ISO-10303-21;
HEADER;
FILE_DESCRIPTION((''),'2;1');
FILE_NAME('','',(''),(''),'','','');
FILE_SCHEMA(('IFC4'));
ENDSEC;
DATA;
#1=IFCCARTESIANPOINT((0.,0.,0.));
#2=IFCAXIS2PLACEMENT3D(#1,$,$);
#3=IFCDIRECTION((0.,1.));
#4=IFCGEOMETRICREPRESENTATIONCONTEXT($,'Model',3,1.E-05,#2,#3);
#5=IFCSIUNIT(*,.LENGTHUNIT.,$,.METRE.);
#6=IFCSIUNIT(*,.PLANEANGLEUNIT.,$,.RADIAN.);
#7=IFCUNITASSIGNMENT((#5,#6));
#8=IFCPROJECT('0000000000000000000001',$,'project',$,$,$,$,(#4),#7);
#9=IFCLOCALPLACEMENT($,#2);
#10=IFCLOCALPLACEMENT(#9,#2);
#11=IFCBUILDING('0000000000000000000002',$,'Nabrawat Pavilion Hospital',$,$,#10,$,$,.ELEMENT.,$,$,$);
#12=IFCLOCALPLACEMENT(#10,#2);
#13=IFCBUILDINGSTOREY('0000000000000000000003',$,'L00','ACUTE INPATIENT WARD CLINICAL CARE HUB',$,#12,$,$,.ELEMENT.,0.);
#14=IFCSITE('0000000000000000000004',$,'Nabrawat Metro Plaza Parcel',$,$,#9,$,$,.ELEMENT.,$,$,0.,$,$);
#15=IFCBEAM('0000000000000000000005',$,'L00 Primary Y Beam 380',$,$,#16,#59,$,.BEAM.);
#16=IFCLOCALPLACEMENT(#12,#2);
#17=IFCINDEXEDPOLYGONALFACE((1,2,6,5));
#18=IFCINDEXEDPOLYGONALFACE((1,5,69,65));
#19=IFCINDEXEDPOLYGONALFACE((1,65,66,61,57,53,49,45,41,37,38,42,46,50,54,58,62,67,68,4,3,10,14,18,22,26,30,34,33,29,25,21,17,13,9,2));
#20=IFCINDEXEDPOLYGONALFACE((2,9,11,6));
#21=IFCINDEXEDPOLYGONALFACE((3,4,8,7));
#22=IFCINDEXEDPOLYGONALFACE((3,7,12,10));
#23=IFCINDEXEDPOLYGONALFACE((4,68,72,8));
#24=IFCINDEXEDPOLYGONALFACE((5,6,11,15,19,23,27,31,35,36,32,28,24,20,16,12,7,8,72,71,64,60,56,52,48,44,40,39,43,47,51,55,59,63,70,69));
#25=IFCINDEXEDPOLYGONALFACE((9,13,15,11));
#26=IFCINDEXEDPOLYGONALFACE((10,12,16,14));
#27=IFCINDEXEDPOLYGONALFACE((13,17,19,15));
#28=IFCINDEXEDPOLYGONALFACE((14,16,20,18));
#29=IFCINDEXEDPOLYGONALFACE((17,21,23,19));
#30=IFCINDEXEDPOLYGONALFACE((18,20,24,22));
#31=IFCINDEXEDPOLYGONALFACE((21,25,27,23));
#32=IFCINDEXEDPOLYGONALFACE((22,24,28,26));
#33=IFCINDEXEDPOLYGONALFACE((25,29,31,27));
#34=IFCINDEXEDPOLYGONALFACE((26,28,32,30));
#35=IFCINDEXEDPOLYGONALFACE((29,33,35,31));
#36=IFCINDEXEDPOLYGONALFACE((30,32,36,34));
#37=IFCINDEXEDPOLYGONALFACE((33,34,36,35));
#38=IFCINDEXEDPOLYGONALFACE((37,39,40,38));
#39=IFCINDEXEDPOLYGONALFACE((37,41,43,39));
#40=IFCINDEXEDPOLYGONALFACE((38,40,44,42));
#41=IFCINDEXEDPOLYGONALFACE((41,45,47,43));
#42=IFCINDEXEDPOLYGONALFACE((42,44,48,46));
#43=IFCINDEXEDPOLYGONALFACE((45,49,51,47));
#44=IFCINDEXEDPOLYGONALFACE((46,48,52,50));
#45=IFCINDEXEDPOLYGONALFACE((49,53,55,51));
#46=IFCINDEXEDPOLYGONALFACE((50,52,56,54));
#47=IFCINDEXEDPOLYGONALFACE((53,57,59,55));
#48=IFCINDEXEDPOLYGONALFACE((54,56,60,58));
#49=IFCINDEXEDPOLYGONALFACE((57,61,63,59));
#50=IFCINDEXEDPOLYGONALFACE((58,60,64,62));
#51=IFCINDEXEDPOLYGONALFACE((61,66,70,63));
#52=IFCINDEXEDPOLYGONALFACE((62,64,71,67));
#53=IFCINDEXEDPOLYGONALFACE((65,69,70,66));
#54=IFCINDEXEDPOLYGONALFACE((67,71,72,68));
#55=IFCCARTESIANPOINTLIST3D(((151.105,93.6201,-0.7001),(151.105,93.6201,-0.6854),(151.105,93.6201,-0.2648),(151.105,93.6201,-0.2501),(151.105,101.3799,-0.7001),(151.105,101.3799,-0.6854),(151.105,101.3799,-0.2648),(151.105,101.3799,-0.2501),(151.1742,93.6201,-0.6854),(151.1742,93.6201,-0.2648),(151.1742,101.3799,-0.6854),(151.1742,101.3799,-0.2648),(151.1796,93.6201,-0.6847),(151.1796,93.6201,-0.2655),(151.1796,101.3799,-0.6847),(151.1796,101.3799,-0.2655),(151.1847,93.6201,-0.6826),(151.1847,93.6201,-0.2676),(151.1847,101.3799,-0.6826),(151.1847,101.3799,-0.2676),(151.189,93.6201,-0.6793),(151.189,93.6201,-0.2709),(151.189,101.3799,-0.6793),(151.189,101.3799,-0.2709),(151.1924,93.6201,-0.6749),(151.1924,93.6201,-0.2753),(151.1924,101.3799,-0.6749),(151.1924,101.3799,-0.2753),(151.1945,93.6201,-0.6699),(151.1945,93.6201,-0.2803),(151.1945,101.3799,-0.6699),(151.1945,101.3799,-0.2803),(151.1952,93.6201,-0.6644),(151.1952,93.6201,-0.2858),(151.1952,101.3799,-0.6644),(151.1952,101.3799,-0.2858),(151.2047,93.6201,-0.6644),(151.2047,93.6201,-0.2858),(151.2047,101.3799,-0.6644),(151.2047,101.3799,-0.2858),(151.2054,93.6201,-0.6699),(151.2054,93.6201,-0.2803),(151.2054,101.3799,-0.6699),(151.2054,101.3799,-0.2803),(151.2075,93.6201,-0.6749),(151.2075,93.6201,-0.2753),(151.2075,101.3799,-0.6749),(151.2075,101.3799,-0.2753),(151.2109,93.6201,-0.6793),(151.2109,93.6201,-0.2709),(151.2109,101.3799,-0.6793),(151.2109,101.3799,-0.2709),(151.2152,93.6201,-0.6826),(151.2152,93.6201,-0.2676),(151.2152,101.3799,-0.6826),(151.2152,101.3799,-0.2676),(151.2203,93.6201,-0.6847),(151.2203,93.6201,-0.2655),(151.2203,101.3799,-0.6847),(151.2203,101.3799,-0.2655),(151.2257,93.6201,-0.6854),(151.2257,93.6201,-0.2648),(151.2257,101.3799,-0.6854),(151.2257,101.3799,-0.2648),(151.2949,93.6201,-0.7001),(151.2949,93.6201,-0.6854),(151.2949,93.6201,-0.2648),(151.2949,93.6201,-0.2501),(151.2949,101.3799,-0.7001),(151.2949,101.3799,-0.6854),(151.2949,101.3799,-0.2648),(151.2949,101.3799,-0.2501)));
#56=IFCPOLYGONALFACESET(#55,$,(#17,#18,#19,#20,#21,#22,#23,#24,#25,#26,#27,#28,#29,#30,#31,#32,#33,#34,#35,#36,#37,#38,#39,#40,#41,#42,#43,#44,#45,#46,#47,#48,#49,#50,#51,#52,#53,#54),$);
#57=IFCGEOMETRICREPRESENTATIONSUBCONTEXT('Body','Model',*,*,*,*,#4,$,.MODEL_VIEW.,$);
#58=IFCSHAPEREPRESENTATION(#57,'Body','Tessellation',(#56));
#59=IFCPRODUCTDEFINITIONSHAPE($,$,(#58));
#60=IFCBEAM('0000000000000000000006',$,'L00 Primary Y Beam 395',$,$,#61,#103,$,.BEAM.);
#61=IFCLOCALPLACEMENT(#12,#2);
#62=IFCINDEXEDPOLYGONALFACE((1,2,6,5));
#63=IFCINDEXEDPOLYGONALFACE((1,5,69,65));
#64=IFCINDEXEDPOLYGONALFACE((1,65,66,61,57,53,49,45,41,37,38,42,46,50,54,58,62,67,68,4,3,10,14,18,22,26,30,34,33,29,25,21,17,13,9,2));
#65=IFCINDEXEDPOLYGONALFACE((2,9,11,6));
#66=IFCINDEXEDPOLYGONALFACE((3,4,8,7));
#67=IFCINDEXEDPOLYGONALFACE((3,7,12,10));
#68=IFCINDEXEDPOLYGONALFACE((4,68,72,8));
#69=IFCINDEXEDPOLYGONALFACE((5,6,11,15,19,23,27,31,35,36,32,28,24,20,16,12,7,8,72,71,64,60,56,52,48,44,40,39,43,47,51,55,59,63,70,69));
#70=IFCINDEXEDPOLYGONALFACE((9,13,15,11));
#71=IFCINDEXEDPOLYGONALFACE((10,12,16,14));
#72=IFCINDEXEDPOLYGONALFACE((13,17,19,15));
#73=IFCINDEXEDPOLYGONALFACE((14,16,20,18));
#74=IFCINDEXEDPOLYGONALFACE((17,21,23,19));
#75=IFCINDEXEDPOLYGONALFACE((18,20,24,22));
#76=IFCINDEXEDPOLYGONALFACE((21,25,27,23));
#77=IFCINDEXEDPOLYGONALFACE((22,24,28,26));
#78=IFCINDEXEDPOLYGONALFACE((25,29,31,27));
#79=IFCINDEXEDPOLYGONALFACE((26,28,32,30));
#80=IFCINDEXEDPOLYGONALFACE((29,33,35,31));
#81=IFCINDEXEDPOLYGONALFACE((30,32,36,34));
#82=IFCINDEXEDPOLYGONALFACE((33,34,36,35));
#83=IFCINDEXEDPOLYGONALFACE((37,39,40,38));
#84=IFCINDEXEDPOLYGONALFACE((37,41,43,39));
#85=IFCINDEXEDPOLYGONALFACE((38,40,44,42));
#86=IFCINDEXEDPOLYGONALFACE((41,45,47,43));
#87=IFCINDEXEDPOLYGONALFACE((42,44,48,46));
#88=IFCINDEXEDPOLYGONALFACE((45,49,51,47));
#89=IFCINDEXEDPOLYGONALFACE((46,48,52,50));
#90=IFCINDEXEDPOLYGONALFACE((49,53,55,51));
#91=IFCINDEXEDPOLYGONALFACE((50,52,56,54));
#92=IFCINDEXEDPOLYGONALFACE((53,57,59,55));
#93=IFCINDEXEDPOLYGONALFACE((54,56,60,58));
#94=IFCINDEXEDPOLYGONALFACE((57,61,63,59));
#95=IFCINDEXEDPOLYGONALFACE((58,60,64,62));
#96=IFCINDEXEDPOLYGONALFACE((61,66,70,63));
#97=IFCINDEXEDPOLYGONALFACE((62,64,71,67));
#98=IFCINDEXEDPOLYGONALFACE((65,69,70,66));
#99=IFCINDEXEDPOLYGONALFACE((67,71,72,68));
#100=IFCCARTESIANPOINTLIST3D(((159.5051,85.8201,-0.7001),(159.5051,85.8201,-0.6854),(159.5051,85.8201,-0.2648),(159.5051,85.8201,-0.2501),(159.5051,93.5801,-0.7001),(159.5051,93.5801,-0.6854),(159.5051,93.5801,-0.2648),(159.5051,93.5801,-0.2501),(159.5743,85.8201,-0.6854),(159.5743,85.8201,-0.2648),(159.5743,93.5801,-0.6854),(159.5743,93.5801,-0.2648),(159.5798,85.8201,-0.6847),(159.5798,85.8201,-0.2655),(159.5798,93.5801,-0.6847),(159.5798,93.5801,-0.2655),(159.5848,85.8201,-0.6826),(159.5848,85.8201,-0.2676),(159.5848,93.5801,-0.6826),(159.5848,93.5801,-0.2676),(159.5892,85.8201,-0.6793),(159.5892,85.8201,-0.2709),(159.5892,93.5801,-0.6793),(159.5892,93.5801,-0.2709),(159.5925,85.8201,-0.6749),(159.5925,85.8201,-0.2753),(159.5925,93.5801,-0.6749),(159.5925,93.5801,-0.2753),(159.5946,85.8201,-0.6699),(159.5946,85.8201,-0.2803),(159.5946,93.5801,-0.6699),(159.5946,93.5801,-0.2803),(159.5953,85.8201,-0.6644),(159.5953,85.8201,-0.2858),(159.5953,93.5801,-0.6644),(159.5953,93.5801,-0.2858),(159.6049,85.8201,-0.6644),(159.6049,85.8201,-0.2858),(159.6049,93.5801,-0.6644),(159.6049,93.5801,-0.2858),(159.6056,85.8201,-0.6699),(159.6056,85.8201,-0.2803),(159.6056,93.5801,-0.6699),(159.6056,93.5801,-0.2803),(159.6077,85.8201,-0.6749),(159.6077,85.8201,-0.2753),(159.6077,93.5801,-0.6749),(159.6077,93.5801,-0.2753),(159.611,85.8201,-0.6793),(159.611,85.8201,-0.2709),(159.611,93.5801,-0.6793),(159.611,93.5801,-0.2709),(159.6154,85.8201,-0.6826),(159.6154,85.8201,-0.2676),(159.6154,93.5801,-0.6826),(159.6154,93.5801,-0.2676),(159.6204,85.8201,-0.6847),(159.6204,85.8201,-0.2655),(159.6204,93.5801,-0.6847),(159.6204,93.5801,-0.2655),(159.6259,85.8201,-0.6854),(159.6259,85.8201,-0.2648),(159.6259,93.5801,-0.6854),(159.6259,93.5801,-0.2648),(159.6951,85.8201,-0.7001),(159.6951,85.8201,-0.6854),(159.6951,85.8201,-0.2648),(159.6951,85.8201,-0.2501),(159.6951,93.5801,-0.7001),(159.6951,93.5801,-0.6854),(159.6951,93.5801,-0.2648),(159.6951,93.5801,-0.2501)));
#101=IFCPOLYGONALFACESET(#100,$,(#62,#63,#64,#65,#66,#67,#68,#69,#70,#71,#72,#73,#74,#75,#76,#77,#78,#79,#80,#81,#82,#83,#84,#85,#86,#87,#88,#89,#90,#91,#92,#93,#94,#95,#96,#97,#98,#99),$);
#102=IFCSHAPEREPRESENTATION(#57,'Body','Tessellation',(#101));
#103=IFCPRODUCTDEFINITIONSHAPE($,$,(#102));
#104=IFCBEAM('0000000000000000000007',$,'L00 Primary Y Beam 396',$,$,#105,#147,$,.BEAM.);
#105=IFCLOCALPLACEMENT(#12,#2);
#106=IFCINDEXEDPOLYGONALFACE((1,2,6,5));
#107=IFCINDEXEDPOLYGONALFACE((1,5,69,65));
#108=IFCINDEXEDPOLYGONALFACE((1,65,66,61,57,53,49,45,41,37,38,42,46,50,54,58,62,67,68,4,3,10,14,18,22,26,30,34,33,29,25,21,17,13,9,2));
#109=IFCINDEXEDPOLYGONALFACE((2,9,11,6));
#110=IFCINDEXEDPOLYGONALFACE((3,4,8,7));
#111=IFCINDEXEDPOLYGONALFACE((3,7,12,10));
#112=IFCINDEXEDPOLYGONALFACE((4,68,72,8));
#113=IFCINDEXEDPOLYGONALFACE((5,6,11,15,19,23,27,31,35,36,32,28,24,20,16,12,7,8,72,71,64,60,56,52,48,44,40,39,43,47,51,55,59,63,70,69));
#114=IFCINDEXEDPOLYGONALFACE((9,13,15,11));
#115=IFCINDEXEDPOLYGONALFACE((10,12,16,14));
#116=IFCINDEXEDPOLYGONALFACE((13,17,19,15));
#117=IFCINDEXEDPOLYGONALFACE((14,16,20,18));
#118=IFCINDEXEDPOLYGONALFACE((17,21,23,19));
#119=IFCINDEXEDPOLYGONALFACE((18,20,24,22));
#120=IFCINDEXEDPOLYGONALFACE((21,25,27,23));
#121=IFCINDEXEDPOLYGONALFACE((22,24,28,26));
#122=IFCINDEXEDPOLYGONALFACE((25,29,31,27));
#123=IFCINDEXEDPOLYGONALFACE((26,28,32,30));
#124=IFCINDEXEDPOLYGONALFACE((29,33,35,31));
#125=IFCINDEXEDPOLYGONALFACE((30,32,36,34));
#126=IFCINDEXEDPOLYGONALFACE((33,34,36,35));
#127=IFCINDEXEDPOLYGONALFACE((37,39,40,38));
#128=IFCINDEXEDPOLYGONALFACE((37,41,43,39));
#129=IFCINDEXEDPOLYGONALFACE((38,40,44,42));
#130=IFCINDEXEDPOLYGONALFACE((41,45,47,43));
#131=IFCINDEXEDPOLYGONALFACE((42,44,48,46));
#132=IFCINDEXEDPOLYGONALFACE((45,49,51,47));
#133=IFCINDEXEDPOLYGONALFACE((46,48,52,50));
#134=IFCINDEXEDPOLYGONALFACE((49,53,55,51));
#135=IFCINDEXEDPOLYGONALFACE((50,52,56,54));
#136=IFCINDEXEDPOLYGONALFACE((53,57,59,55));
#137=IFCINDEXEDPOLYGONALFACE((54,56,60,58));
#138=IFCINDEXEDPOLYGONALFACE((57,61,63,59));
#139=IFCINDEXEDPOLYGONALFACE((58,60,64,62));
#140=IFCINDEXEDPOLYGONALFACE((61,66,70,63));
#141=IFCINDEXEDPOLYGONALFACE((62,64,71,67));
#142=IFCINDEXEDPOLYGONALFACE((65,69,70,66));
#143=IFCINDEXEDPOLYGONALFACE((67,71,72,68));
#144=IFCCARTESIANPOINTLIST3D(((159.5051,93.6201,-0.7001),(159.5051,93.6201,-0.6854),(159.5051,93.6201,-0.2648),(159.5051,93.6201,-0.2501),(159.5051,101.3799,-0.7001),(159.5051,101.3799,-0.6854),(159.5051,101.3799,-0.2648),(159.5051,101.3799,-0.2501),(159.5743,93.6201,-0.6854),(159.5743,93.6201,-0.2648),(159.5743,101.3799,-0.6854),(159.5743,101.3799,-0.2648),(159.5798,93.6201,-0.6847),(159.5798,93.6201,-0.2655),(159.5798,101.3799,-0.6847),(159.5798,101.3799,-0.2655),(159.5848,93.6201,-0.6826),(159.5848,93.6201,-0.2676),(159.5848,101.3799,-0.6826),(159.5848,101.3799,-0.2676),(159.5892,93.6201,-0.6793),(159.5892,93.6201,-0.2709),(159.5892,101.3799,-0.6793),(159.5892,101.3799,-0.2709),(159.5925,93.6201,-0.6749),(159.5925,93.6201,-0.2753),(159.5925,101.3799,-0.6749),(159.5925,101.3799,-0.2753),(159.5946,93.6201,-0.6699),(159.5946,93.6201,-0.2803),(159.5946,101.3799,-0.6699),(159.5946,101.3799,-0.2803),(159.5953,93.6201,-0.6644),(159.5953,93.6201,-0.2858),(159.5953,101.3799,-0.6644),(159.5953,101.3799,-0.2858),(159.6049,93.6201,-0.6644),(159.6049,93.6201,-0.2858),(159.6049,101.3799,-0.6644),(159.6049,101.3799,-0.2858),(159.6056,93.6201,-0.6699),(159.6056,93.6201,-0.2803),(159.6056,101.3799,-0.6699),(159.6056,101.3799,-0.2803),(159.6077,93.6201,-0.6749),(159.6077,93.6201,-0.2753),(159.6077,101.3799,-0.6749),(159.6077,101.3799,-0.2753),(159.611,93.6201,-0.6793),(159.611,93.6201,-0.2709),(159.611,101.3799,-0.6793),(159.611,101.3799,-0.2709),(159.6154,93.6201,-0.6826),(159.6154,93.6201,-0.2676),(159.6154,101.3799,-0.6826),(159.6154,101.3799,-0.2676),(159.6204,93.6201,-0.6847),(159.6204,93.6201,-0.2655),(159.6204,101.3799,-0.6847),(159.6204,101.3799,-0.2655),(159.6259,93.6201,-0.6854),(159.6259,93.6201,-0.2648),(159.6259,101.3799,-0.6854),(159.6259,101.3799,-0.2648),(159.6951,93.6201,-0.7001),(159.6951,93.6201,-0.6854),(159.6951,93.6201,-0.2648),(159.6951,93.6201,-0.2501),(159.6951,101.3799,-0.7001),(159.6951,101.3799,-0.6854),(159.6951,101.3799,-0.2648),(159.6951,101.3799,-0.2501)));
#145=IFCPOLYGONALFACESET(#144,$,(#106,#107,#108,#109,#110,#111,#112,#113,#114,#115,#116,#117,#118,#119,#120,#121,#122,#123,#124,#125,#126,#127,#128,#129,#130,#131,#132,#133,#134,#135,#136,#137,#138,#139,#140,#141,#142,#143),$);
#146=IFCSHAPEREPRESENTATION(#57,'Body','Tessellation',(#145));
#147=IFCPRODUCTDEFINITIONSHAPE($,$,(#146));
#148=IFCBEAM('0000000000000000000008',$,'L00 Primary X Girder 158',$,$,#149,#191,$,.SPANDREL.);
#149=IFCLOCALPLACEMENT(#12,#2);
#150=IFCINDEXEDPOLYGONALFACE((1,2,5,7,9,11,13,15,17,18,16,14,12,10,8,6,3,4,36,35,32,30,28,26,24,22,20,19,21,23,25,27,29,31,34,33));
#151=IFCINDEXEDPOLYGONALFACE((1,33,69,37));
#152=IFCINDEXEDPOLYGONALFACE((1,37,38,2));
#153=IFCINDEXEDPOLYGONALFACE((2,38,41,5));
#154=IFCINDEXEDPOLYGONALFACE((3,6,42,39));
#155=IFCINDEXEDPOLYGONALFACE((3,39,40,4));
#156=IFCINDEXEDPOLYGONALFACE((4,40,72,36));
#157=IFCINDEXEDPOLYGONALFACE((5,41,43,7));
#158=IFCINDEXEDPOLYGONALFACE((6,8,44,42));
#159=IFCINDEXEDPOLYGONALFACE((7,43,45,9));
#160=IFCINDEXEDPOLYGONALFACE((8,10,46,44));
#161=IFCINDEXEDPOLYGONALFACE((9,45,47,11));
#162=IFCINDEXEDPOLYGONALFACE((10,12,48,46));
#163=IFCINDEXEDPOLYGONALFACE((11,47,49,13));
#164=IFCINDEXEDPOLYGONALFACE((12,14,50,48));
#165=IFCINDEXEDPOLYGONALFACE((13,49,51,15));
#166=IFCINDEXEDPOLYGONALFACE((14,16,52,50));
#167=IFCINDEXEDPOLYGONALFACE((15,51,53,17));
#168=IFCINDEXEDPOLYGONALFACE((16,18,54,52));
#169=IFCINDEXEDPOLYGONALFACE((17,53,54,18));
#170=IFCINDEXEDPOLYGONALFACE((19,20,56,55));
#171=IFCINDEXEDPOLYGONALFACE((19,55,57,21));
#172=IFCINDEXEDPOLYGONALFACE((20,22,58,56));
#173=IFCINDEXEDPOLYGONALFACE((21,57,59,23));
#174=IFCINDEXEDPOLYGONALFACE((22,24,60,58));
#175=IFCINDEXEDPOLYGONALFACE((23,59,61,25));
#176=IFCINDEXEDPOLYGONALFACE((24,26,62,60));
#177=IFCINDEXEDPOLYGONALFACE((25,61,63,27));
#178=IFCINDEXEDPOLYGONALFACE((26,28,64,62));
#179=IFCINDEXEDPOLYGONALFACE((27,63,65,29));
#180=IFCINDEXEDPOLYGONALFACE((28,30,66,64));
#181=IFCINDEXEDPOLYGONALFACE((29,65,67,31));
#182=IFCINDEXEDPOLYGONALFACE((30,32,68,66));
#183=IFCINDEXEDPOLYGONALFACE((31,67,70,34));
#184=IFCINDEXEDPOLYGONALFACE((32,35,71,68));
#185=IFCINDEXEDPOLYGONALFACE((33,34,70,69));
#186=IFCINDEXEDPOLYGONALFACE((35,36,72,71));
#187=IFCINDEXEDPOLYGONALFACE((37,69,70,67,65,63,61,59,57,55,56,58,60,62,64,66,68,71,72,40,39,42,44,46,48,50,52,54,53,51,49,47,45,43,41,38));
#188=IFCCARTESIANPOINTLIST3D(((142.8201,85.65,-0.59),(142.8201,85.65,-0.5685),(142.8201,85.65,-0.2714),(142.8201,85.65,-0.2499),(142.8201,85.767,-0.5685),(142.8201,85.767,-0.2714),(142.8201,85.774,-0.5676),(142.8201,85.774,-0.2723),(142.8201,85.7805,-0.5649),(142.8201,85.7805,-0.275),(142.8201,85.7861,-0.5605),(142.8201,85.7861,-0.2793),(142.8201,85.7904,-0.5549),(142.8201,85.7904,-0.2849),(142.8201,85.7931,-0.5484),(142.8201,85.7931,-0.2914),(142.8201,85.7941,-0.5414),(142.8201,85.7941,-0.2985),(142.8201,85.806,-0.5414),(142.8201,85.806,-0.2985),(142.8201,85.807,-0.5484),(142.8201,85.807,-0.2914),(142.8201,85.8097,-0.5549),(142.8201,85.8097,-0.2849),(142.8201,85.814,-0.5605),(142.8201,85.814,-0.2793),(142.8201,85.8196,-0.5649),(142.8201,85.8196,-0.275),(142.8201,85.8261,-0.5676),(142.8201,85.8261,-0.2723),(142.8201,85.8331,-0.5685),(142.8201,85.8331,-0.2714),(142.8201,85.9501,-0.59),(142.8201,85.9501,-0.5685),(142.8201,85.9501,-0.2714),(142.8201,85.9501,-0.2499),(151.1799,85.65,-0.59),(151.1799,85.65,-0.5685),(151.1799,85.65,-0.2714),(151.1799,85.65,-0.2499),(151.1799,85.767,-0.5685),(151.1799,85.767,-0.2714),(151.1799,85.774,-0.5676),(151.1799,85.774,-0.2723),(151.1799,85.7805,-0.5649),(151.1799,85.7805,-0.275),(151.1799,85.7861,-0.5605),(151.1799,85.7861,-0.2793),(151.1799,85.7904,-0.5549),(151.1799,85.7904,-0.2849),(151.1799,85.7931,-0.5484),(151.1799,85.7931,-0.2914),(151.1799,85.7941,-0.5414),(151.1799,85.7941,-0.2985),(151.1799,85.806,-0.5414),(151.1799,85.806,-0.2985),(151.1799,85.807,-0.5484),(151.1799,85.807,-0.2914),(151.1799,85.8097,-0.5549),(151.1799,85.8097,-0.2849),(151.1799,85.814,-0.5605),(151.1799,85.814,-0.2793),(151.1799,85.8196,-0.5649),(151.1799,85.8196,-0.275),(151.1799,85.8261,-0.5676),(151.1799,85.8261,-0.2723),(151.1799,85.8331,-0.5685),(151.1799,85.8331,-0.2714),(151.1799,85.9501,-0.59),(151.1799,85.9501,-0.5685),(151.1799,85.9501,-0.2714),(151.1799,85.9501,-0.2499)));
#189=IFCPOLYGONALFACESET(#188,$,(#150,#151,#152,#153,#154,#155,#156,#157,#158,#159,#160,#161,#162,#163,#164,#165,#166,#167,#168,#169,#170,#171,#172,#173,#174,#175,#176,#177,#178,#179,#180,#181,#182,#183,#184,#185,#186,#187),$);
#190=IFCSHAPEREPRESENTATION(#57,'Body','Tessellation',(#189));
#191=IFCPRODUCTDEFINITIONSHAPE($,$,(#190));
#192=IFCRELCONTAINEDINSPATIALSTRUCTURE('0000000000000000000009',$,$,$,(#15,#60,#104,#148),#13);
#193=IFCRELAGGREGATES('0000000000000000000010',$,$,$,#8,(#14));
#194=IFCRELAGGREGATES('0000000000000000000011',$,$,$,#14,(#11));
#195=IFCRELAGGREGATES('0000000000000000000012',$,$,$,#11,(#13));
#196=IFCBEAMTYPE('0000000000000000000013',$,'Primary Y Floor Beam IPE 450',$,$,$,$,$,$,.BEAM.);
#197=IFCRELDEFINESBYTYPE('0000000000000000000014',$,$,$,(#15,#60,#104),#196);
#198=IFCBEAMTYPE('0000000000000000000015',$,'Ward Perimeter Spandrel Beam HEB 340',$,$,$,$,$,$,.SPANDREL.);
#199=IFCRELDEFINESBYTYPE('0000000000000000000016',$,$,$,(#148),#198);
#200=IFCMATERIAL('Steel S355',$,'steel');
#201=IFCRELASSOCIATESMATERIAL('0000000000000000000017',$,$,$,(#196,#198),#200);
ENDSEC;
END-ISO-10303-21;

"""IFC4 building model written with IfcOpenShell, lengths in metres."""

from ifc_helpers import new_model, si_unit, direction, frame, origin, origin_2d, place, context, subcontext, project, spatial, i_section, extrude, material, material_profile, profile_set, type_object, element, save


model = new_model("IFC4")

# Units and contexts
model_context = context("Model", 3, precision=1e-05, world=origin(), true_north=direction((0.0, 1.0)))
body_context = subcontext(model_context, "Body", "Model", "MODEL_VIEW")
ifc_project = project(units=[si_unit("LENGTHUNIT", "METRE"), si_unit("PLANEANGLEUNIT", "RADIAN")], contexts=[model_context])

# Site, building, storey
site_placement = place(None, origin())
site = spatial("IfcSite", under=ifc_project, at=site_placement, Name="Nabrawat Metro Plaza Parcel", CompositionType="ELEMENT", RefElevation=0.0)
building_placement = place(site_placement, origin())
building = spatial("IfcBuilding", under=site, at=building_placement, Name="Nabrawat Pavilion Hospital", CompositionType="ELEMENT")
storey_placement = place(building_placement, origin())
storey = spatial("IfcBuildingStorey", under=building, at=storey_placement, Name="L00", Description="ACUTE INPATIENT WARD CLINICAL CARE HUB", CompositionType="ELEMENT", Elevation=0.0)

# Shared definitions
ifc_material_1 = material(Name="Steel S355", Category="steel")

# Beams
ifc_material_profile_1 = material_profile(ifc_material_1, i_section(OverallWidth=0.1899, OverallDepth=0.45, WebThickness=0.0095, FlangeThickness=0.0146, FilletRadius=0.021, at=origin_2d()), Name="IPE 450")
ifc_profile_set_1 = profile_set([ifc_material_profile_1], Name="Steel S355")
beam_type_1 = type_object("IfcBeamType", Name="Primary Y Floor Beam IPE 450", PredefinedType="BEAM", material=ifc_profile_set_1)
beam_1_placement = place(storey_placement, frame((151.2, 93.6201, -0.4751), z_axis=(0.0, 1.0, 0.0), x_axis=(-1.0, 0.0, 0.0)))
element("IfcBeam", 1, at=beam_1_placement, inside=storey, type_object=beam_type_1, Name="L00 Primary Y Beam 380", PredefinedType="BEAM", context=body_context, shape_type="SweptSolid", body=[
    extrude(i_section(OverallWidth=0.1899, OverallDepth=0.45, WebThickness=0.0095, FlangeThickness=0.0146, FilletRadius=0.021, at=origin_2d()), origin(), (0.0, 0.0, 1.0), 7.7598),
])
beam_2_placement = place(storey_placement, frame((159.6001, 85.8201, -0.4751), z_axis=(0.0, 1.0, 0.0), x_axis=(-1.0, 0.0, 0.0)))
element("IfcBeam", 2, at=beam_2_placement, inside=storey, type_object=beam_type_1, Name="L00 Primary Y Beam 395", PredefinedType="BEAM", context=body_context, shape_type="SweptSolid", body=[
    extrude(i_section(OverallWidth=0.1899, OverallDepth=0.45, WebThickness=0.0095, FlangeThickness=0.0146, FilletRadius=0.021, at=origin_2d()), origin(), (0.0, 0.0, 1.0), 7.76),
])
beam_3_placement = place(storey_placement, frame((159.6001, 93.6201, -0.4751), z_axis=(0.0, 1.0, 0.0), x_axis=(-1.0, 0.0, 0.0)))
element("IfcBeam", 3, at=beam_3_placement, inside=storey, type_object=beam_type_1, Name="L00 Primary Y Beam 396", PredefinedType="BEAM", context=body_context, shape_type="SweptSolid", body=[
    extrude(i_section(OverallWidth=0.1899, OverallDepth=0.45, WebThickness=0.0095, FlangeThickness=0.0146, FilletRadius=0.021, at=origin_2d()), origin(), (0.0, 0.0, 1.0), 7.7598),
])
ifc_material_profile_2 = material_profile(ifc_material_1, i_section(OverallWidth=0.3, OverallDepth=0.3401, WebThickness=0.012, FlangeThickness=0.0215, FilletRadius=0.0271, at=origin_2d()), Name="HEB 340")
ifc_profile_set_2 = profile_set([ifc_material_profile_2], Name="Steel S355")
beam_type_2 = type_object("IfcBeamType", Name="Ward Perimeter Spandrel Beam HEB 340", PredefinedType="SPANDREL", material=ifc_profile_set_2)
beam_4_placement = place(storey_placement, frame((142.8201, 85.8, -0.4199), z_axis=(1.0, 0.0, 0.0), x_axis=(0.0, 1.0, 0.0)))
element("IfcBeam", 4, at=beam_4_placement, inside=storey, type_object=beam_type_2, Name="L00 Primary X Girder 158", PredefinedType="SPANDREL", context=body_context, shape_type="SweptSolid", body=[
    extrude(i_section(OverallWidth=0.3, OverallDepth=0.3401, WebThickness=0.012, FlangeThickness=0.0215, FilletRadius=0.0271, at=origin_2d()), origin(), (0.0, 0.0, 1.0), 8.3599),
])

save(model, "model.ifc")
